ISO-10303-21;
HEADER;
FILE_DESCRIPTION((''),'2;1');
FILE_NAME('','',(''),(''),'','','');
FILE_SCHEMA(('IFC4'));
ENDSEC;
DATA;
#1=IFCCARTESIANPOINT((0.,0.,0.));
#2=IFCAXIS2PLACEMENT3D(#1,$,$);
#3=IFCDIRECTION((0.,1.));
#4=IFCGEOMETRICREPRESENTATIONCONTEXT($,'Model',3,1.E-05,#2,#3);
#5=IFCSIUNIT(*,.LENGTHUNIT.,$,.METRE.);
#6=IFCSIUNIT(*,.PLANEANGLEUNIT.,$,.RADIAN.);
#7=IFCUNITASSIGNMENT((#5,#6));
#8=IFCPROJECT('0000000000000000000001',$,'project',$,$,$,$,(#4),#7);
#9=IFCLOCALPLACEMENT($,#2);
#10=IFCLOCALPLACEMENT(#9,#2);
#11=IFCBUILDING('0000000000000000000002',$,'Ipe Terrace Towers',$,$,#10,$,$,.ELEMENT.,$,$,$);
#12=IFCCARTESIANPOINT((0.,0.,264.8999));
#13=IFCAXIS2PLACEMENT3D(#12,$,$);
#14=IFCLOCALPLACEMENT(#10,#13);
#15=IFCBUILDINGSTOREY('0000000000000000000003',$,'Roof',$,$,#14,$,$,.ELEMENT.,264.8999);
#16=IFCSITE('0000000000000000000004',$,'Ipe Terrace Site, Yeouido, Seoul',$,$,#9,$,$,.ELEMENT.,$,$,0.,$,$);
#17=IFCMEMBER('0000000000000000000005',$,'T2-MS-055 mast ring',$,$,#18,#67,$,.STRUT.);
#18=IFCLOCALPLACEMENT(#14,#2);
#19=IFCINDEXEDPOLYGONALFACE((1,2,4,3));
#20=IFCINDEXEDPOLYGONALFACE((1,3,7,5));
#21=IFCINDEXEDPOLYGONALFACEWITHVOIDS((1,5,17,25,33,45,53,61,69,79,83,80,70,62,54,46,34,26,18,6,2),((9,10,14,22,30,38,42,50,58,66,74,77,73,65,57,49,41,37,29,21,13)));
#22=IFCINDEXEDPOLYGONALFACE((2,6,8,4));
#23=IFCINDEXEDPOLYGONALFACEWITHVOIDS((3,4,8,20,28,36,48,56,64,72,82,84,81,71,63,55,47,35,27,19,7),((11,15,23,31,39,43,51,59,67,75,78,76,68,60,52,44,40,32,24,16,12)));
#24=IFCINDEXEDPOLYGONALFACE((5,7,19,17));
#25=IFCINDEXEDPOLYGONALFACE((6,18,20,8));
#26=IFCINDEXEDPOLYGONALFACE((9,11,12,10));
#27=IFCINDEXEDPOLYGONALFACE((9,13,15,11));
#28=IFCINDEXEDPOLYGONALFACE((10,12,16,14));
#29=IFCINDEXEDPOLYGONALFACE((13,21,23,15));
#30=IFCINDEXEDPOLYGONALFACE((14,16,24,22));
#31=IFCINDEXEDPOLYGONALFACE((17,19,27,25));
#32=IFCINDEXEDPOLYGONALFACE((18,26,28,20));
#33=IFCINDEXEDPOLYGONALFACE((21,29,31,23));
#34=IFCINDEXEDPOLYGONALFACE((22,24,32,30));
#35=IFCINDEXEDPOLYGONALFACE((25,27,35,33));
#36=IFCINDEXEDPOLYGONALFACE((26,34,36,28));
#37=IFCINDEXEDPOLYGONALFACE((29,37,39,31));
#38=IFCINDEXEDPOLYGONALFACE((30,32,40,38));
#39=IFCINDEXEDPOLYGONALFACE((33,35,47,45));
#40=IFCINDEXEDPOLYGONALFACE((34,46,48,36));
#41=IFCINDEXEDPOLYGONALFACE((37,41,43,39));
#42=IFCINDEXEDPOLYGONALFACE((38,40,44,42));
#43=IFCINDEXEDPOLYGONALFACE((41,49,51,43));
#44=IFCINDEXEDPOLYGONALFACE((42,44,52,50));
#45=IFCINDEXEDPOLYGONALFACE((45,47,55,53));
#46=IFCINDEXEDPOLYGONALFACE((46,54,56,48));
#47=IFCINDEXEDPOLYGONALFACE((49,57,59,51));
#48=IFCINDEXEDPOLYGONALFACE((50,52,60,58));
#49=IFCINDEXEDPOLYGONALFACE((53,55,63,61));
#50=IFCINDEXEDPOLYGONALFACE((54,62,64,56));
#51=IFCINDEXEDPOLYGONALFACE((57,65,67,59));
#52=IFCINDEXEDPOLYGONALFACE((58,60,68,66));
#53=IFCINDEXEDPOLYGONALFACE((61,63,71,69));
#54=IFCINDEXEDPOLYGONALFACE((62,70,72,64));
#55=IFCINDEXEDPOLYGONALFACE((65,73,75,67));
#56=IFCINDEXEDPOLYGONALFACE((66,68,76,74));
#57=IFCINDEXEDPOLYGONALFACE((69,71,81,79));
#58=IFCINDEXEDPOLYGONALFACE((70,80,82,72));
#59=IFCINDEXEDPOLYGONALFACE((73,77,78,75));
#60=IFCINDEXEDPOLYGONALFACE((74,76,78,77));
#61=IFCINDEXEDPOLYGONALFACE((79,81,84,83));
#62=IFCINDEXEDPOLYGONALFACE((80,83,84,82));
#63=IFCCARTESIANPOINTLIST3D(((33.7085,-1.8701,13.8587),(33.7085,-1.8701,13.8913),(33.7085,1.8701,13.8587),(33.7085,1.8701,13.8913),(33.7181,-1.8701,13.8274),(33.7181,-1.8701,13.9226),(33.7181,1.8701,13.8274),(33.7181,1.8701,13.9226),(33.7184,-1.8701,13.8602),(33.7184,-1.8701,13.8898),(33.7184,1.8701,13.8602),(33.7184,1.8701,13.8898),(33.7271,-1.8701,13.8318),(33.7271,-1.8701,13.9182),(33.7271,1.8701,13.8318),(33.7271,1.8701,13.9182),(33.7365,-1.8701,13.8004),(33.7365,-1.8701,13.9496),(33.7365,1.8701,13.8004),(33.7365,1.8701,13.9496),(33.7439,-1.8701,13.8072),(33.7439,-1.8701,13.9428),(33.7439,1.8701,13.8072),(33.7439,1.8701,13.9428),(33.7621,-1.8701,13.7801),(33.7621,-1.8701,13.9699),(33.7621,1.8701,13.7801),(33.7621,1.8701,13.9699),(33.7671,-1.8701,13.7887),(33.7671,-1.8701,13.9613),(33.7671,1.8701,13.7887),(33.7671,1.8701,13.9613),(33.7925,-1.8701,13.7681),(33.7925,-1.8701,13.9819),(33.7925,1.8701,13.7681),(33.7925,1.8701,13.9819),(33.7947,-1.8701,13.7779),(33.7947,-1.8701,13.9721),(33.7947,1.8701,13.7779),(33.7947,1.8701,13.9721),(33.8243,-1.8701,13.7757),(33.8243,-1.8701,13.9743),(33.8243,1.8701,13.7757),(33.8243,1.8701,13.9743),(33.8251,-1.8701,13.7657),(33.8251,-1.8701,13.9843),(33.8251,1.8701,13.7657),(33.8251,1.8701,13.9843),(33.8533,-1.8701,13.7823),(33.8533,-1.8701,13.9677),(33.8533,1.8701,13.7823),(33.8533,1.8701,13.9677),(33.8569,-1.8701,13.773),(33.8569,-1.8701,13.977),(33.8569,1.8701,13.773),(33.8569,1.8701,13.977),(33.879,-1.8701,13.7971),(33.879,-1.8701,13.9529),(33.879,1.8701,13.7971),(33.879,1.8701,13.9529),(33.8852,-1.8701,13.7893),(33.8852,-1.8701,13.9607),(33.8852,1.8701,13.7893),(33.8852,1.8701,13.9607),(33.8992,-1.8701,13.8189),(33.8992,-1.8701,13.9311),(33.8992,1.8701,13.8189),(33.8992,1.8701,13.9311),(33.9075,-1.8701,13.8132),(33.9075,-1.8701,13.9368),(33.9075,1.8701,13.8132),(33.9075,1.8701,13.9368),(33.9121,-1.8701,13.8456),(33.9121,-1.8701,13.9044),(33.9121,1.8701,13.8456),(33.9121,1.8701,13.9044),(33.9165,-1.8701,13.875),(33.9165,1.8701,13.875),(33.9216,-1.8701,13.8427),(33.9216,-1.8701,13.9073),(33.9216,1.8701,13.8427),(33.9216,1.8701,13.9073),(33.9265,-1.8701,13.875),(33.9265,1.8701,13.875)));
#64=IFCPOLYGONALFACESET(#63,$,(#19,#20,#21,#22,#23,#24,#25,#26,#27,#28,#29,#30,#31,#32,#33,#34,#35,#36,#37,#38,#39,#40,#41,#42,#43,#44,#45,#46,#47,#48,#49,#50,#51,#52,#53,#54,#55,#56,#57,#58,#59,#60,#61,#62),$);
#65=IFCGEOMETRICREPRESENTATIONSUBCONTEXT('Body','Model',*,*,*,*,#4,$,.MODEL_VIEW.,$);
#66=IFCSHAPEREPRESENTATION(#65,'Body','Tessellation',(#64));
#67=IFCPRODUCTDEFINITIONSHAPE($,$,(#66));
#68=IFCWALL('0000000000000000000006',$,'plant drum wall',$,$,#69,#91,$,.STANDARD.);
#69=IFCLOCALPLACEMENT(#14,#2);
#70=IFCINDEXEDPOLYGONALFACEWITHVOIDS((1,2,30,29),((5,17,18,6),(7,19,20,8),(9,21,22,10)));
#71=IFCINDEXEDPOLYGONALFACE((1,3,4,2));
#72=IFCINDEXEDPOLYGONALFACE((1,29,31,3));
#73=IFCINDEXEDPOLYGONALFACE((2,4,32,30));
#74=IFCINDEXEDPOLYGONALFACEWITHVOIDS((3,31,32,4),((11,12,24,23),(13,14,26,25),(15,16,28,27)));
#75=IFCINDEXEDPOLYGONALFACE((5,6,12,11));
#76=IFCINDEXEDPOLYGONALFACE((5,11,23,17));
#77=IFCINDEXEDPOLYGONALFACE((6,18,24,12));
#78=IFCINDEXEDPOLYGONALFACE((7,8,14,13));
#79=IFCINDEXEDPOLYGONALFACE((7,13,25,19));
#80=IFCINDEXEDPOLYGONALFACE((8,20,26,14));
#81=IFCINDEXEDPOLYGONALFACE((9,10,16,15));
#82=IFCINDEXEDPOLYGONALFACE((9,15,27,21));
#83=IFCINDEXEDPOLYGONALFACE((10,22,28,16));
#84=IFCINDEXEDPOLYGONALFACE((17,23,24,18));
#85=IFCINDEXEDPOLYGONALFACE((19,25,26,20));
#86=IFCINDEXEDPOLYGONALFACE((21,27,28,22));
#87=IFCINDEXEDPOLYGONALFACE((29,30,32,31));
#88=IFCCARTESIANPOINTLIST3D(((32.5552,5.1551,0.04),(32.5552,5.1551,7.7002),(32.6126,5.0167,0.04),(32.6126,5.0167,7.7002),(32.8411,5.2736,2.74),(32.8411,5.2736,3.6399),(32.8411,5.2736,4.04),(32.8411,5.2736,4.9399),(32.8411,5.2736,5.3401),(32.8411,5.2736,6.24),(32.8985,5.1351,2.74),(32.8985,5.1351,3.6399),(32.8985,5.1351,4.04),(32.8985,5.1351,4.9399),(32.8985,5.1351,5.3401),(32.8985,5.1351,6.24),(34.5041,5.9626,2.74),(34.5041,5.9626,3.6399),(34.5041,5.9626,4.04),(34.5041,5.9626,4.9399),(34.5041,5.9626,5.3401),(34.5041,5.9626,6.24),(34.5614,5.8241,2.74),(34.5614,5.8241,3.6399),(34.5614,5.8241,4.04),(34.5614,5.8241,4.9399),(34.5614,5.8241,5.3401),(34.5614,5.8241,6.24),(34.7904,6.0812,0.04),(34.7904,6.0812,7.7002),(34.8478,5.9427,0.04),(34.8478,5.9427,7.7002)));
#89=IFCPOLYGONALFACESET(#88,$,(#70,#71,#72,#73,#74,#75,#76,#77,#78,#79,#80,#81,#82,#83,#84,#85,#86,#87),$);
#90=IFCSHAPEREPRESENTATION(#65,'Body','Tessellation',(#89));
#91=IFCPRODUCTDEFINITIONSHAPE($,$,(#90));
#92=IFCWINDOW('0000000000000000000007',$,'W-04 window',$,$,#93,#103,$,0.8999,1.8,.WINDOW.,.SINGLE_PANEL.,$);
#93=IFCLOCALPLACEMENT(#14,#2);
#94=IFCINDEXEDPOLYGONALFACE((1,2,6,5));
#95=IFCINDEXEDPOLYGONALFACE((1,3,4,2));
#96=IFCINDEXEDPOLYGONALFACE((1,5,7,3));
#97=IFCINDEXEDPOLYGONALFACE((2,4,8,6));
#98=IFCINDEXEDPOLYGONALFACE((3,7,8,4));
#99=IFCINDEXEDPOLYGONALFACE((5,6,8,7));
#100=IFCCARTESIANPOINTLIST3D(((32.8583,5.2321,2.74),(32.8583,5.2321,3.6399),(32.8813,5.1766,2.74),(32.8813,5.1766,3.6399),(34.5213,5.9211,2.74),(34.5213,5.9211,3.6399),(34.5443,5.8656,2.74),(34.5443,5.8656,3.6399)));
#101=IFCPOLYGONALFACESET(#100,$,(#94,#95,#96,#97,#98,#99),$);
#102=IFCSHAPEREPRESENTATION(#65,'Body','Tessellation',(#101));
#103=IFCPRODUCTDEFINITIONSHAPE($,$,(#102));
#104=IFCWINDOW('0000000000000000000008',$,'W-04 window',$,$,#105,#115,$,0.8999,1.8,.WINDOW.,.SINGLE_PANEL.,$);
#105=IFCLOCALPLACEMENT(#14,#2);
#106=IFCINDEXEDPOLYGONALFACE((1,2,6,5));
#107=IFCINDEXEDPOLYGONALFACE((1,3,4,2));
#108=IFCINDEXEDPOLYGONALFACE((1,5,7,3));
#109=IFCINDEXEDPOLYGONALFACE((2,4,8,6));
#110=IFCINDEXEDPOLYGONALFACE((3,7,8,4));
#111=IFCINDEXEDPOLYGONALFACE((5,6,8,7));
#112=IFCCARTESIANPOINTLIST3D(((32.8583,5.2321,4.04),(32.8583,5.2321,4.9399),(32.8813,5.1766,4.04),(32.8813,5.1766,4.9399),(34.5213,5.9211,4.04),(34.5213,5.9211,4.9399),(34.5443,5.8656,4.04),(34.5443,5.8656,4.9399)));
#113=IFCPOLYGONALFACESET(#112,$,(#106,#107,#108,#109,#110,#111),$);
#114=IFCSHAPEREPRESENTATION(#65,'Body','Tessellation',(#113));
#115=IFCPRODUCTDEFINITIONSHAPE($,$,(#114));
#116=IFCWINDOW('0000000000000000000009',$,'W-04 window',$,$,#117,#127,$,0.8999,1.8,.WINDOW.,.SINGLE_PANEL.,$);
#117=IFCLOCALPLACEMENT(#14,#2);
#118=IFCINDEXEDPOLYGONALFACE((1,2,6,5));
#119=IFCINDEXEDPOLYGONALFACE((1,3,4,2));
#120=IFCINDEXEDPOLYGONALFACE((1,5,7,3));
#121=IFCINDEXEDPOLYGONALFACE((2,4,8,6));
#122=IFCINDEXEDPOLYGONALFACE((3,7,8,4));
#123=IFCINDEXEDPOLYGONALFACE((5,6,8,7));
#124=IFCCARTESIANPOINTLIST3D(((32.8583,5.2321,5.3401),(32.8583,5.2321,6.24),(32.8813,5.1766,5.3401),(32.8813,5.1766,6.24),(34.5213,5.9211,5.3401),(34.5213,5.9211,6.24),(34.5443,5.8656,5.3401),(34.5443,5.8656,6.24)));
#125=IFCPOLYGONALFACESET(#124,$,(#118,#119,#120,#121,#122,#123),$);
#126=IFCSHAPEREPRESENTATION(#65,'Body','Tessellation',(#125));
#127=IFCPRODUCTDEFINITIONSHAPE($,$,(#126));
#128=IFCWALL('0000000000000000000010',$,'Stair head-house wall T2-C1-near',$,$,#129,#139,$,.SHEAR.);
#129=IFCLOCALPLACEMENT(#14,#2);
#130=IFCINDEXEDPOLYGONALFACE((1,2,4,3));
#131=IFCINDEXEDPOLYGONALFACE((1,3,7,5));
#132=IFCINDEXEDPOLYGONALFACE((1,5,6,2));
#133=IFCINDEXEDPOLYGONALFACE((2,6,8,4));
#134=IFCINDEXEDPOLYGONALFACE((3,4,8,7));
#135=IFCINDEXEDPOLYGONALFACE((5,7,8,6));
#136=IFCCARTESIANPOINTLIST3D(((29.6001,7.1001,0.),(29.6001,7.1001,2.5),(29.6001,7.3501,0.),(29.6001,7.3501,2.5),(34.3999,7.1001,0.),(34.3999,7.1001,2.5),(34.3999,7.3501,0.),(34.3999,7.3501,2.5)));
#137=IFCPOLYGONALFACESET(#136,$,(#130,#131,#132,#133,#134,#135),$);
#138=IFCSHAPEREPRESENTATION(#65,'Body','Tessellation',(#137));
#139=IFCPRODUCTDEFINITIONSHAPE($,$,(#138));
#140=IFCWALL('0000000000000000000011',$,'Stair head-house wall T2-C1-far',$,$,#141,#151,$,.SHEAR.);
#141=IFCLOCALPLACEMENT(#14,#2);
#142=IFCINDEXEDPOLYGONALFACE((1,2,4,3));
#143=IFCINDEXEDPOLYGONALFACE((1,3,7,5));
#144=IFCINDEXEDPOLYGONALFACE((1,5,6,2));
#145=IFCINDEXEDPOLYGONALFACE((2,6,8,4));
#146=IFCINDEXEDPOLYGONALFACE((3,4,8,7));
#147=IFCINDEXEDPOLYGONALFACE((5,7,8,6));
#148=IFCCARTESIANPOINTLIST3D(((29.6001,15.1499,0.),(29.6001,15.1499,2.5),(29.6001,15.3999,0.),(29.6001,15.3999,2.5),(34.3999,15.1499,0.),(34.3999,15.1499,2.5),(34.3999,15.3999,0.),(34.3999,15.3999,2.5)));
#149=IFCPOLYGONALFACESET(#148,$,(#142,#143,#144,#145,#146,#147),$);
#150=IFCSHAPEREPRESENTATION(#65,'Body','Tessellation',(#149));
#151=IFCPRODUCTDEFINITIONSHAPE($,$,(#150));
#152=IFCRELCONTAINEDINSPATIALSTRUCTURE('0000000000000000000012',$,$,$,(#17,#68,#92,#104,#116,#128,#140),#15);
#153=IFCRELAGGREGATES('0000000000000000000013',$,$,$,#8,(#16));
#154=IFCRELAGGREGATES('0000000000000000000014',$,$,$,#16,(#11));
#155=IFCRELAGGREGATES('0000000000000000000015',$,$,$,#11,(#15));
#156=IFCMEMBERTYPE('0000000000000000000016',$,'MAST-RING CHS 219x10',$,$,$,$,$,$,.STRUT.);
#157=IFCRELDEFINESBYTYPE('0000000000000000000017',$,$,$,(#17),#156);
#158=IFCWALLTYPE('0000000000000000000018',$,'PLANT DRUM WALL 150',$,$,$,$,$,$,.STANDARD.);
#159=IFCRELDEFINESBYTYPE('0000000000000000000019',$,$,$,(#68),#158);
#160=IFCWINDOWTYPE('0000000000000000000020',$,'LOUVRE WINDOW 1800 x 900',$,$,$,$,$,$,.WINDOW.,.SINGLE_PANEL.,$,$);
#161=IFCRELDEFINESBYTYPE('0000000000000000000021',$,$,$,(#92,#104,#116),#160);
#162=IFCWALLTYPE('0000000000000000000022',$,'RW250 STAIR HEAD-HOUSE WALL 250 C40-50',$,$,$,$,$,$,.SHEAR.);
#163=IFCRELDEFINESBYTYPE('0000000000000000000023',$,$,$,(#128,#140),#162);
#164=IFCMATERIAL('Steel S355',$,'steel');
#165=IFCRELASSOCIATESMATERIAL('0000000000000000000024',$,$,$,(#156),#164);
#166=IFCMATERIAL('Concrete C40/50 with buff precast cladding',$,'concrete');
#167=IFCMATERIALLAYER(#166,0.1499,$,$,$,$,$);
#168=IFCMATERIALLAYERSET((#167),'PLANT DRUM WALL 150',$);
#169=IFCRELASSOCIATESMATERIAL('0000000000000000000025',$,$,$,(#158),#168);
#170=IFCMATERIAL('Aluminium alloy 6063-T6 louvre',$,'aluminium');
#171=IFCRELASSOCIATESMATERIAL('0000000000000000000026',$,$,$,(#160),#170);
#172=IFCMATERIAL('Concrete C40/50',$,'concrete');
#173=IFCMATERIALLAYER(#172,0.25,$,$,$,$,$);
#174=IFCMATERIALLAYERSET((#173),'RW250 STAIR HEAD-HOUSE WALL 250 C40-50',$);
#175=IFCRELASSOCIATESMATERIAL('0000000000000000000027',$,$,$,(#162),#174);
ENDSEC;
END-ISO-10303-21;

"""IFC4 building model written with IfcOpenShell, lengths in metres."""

from ifc_helpers import new_model, si_unit, direction, frame, frame_2d, origin, origin_2d, place, context, subcontext, project, spatial, rectangle, hollow_circle, extrude, material, layer, layer_set, material_profile, profile_set, type_object, element, fill, save


model = new_model("IFC4")

# Units and contexts
model_context = context("Model", 3, precision=1e-05, world=origin(), true_north=direction((0.0, 1.0)))
body_context = subcontext(model_context, "Body", "Model", "MODEL_VIEW")
ifc_project = project(units=[si_unit("LENGTHUNIT", "METRE"), si_unit("PLANEANGLEUNIT", "RADIAN")], contexts=[model_context])

# Site, building, storey
site_placement = place(None, origin())
site = spatial("IfcSite", under=ifc_project, at=site_placement, Name="Ipe Terrace Site, Yeouido, Seoul", CompositionType="ELEMENT", RefElevation=0.0)
building_placement = place(site_placement, origin())
building = spatial("IfcBuilding", under=site, at=building_placement, Name="Ipe Terrace Towers", CompositionType="ELEMENT")
storey_placement = place(building_placement, frame((0.0, 0.0, 264.8999)))
storey = spatial("IfcBuildingStorey", under=building, at=storey_placement, Name="Roof", CompositionType="ELEMENT", Elevation=264.8999)

# Member
ifc_material_1 = material(Name="Steel S355", Category="steel")
ifc_material_profile_1 = material_profile(ifc_material_1, hollow_circle(Radius=0.1096, WallThickness=0.01, at=origin_2d()), Name="MAST-RING CHS 219x10")
ifc_profile_set_1 = profile_set([ifc_material_profile_1], Name="Steel S355")
member_type_1 = type_object("IfcMemberType", Name="MAST-RING CHS 219x10", PredefinedType="STRUT", material=ifc_profile_set_1)
member_1_placement = place(storey_placement, frame((33.8169, 1.8701, 13.875), z_axis=(0.0, -1.0, 0.0), x_axis=(1.0, 0.0, 0.0)))
element("IfcMember", 1, at=member_1_placement, inside=storey, type_object=member_type_1, Name="T2-MS-055 mast ring", PredefinedType="STRUT", context=body_context, shape_type="SweptSolid", body=[
    extrude(hollow_circle(Radius=0.1096, WallThickness=0.01, at=origin_2d()), origin(), (0.0, 0.0, 1.0), 3.7402),
])

# Wall, openings, windows
ifc_material_2 = material(Name="Concrete C40/50 with buff precast cladding", Category="concrete")
ifc_layer_1 = layer(ifc_material_2, 0.1499)
ifc_layer_set_1 = layer_set([ifc_layer_1], Name="PLANT DRUM WALL 150")
wall_type_1 = type_object("IfcWallType", Name="PLANT DRUM WALL 150", PredefinedType="STANDARD", material=ifc_layer_set_1)
wall_1_placement = place(storey_placement, frame((34.8191, 6.012, 0.04), z_axis=(0.0, 0.0, 1.0), x_axis=(-0.923848, -0.382759, 0.0)))
wall_1 = element("IfcWall", 2, at=wall_1_placement, inside=storey, type_object=wall_type_1, Name="plant drum wall", PredefinedType="STANDARD", context=body_context, shape_type="SweptSolid", body=[
    extrude(rectangle(XDim=2.4194, YDim=0.1499, at=frame_2d((1.2097, 0.0))), origin(), (0.0, 0.0, 1.0), 7.6602),
])
opening_1_placement = place(wall_1_placement, frame((0.3101, 0.0, 2.7)))
opening_1 = element("IfcOpeningElement", 3, at=opening_1_placement, cuts=wall_1, PredefinedType="OPENING", context=body_context, shape_type="SweptSolid", body=[
    extrude(rectangle(XDim=1.8, YDim=0.8999, at=frame_2d((0.8999, 0.45))), frame((0.0, 0.085, 0.0), z_axis=(0.0, -1.0, 0.0), x_axis=(1.0, 0.0, 0.0)), (0.0, 0.0, 1.0), 0.1699),
])
opening_2_placement = place(wall_1_placement, frame((0.3101, 0.0, 4.0)))
opening_2 = element("IfcOpeningElement", 4, at=opening_2_placement, cuts=wall_1, PredefinedType="OPENING", context=body_context, shape_type="SweptSolid", body=[
    extrude(rectangle(XDim=1.8, YDim=0.8999, at=frame_2d((0.8999, 0.45))), frame((0.0, 0.085, 0.0), z_axis=(0.0, -1.0, 0.0), x_axis=(1.0, 0.0, 0.0)), (0.0, 0.0, 1.0), 0.1699),
])
opening_3_placement = place(wall_1_placement, frame((0.3101, 0.0, 5.3)))
opening_3 = element("IfcOpeningElement", 5, at=opening_3_placement, cuts=wall_1, PredefinedType="OPENING", context=body_context, shape_type="SweptSolid", body=[
    extrude(rectangle(XDim=1.8, YDim=0.8999, at=frame_2d((0.8999, 0.45))), frame((0.0, 0.085, 0.0), z_axis=(0.0, -1.0, 0.0), x_axis=(1.0, 0.0, 0.0)), (0.0, 0.0, 1.0), 0.1699),
])
ifc_material_3 = material(Name="Aluminium alloy 6063-T6 louvre", Category="aluminium")
window_type = type_object("IfcWindowType", Name="LOUVRE WINDOW 1800 x 900", PartitioningType="SINGLE_PANEL", PredefinedType="WINDOW", material=ifc_material_3)
window_1_placement = place(opening_1_placement, origin())
window_1 = element("IfcWindow", 6, at=window_1_placement, inside=storey, type_object=window_type, Name="W-04 window", OverallHeight=0.8999, OverallWidth=1.8, PartitioningType="SINGLE_PANEL", PredefinedType="WINDOW", context=body_context, shape_type="SweptSolid", body=[
    extrude(rectangle(XDim=1.8, YDim=0.8999, at=frame_2d((0.8999, 0.45))), frame((0.0, 0.03, 0.0), z_axis=(0.0, -1.0, 0.0), x_axis=(1.0, 0.0, 0.0)), (0.0, 0.0, 1.0), 0.0601),
])
fill(opening_1, window_1)
window_2_placement = place(opening_2_placement, origin())
window_2 = element("IfcWindow", 7, at=window_2_placement, inside=storey, type_object=window_type, Name="W-04 window", OverallHeight=0.8999, OverallWidth=1.8, PartitioningType="SINGLE_PANEL", PredefinedType="WINDOW", context=body_context, shape_type="SweptSolid", body=[
    extrude(rectangle(XDim=1.8, YDim=0.8999, at=frame_2d((0.8999, 0.45))), frame((0.0, 0.03, 0.0), z_axis=(0.0, -1.0, 0.0), x_axis=(1.0, 0.0, 0.0)), (0.0, 0.0, 1.0), 0.0601),
])
fill(opening_2, window_2)
window_3_placement = place(opening_3_placement, origin())
window_3 = element("IfcWindow", 8, at=window_3_placement, inside=storey, type_object=window_type, Name="W-04 window", OverallHeight=0.8999, OverallWidth=1.8, PartitioningType="SINGLE_PANEL", PredefinedType="WINDOW", context=body_context, shape_type="SweptSolid", body=[
    extrude(rectangle(XDim=1.8, YDim=0.8999, at=frame_2d((0.8999, 0.45))), frame((0.0, 0.03, 0.0), z_axis=(0.0, -1.0, 0.0), x_axis=(1.0, 0.0, 0.0)), (0.0, 0.0, 1.0), 0.0601),
])
fill(opening_3, window_3)

# Walls
ifc_material_4 = material(Name="Concrete C40/50", Category="concrete")
ifc_layer_2 = layer(ifc_material_4, 0.25)
ifc_layer_set_2 = layer_set([ifc_layer_2], Name="RW250 STAIR HEAD-HOUSE WALL 250 C40-50")
wall_type_2 = type_object("IfcWallType", Name="RW250 STAIR HEAD-HOUSE WALL 250 C40-50", PredefinedType="SHEAR", material=ifc_layer_set_2)
for number, where, z_axis, x_axis, name in (
    (9, (34.3999, 7.2251, 0.0), (0.0, 0.0, 1.0), (-1.0, 0.0, 0.0), "Stair head-house wall T2-C1-near"),
    (10, (34.3999, 15.2749, 0.0), (0.0, 0.0, 1.0), (-1.0, 0.0, 0.0), "Stair head-house wall T2-C1-far"),
):
    element("IfcWall", number, at=place(storey_placement, frame(where, z_axis=z_axis, x_axis=x_axis)), inside=storey, type_object=wall_type_2, Name=name, PredefinedType="SHEAR", context=body_context, shape_type="SweptSolid", body=[
        extrude(rectangle(XDim=4.7998, YDim=0.25, at=frame_2d((2.3999, 0.0))), origin(), (0.0, 0.0, 1.0), 2.5),
    ])

save(model, "model.ifc")
